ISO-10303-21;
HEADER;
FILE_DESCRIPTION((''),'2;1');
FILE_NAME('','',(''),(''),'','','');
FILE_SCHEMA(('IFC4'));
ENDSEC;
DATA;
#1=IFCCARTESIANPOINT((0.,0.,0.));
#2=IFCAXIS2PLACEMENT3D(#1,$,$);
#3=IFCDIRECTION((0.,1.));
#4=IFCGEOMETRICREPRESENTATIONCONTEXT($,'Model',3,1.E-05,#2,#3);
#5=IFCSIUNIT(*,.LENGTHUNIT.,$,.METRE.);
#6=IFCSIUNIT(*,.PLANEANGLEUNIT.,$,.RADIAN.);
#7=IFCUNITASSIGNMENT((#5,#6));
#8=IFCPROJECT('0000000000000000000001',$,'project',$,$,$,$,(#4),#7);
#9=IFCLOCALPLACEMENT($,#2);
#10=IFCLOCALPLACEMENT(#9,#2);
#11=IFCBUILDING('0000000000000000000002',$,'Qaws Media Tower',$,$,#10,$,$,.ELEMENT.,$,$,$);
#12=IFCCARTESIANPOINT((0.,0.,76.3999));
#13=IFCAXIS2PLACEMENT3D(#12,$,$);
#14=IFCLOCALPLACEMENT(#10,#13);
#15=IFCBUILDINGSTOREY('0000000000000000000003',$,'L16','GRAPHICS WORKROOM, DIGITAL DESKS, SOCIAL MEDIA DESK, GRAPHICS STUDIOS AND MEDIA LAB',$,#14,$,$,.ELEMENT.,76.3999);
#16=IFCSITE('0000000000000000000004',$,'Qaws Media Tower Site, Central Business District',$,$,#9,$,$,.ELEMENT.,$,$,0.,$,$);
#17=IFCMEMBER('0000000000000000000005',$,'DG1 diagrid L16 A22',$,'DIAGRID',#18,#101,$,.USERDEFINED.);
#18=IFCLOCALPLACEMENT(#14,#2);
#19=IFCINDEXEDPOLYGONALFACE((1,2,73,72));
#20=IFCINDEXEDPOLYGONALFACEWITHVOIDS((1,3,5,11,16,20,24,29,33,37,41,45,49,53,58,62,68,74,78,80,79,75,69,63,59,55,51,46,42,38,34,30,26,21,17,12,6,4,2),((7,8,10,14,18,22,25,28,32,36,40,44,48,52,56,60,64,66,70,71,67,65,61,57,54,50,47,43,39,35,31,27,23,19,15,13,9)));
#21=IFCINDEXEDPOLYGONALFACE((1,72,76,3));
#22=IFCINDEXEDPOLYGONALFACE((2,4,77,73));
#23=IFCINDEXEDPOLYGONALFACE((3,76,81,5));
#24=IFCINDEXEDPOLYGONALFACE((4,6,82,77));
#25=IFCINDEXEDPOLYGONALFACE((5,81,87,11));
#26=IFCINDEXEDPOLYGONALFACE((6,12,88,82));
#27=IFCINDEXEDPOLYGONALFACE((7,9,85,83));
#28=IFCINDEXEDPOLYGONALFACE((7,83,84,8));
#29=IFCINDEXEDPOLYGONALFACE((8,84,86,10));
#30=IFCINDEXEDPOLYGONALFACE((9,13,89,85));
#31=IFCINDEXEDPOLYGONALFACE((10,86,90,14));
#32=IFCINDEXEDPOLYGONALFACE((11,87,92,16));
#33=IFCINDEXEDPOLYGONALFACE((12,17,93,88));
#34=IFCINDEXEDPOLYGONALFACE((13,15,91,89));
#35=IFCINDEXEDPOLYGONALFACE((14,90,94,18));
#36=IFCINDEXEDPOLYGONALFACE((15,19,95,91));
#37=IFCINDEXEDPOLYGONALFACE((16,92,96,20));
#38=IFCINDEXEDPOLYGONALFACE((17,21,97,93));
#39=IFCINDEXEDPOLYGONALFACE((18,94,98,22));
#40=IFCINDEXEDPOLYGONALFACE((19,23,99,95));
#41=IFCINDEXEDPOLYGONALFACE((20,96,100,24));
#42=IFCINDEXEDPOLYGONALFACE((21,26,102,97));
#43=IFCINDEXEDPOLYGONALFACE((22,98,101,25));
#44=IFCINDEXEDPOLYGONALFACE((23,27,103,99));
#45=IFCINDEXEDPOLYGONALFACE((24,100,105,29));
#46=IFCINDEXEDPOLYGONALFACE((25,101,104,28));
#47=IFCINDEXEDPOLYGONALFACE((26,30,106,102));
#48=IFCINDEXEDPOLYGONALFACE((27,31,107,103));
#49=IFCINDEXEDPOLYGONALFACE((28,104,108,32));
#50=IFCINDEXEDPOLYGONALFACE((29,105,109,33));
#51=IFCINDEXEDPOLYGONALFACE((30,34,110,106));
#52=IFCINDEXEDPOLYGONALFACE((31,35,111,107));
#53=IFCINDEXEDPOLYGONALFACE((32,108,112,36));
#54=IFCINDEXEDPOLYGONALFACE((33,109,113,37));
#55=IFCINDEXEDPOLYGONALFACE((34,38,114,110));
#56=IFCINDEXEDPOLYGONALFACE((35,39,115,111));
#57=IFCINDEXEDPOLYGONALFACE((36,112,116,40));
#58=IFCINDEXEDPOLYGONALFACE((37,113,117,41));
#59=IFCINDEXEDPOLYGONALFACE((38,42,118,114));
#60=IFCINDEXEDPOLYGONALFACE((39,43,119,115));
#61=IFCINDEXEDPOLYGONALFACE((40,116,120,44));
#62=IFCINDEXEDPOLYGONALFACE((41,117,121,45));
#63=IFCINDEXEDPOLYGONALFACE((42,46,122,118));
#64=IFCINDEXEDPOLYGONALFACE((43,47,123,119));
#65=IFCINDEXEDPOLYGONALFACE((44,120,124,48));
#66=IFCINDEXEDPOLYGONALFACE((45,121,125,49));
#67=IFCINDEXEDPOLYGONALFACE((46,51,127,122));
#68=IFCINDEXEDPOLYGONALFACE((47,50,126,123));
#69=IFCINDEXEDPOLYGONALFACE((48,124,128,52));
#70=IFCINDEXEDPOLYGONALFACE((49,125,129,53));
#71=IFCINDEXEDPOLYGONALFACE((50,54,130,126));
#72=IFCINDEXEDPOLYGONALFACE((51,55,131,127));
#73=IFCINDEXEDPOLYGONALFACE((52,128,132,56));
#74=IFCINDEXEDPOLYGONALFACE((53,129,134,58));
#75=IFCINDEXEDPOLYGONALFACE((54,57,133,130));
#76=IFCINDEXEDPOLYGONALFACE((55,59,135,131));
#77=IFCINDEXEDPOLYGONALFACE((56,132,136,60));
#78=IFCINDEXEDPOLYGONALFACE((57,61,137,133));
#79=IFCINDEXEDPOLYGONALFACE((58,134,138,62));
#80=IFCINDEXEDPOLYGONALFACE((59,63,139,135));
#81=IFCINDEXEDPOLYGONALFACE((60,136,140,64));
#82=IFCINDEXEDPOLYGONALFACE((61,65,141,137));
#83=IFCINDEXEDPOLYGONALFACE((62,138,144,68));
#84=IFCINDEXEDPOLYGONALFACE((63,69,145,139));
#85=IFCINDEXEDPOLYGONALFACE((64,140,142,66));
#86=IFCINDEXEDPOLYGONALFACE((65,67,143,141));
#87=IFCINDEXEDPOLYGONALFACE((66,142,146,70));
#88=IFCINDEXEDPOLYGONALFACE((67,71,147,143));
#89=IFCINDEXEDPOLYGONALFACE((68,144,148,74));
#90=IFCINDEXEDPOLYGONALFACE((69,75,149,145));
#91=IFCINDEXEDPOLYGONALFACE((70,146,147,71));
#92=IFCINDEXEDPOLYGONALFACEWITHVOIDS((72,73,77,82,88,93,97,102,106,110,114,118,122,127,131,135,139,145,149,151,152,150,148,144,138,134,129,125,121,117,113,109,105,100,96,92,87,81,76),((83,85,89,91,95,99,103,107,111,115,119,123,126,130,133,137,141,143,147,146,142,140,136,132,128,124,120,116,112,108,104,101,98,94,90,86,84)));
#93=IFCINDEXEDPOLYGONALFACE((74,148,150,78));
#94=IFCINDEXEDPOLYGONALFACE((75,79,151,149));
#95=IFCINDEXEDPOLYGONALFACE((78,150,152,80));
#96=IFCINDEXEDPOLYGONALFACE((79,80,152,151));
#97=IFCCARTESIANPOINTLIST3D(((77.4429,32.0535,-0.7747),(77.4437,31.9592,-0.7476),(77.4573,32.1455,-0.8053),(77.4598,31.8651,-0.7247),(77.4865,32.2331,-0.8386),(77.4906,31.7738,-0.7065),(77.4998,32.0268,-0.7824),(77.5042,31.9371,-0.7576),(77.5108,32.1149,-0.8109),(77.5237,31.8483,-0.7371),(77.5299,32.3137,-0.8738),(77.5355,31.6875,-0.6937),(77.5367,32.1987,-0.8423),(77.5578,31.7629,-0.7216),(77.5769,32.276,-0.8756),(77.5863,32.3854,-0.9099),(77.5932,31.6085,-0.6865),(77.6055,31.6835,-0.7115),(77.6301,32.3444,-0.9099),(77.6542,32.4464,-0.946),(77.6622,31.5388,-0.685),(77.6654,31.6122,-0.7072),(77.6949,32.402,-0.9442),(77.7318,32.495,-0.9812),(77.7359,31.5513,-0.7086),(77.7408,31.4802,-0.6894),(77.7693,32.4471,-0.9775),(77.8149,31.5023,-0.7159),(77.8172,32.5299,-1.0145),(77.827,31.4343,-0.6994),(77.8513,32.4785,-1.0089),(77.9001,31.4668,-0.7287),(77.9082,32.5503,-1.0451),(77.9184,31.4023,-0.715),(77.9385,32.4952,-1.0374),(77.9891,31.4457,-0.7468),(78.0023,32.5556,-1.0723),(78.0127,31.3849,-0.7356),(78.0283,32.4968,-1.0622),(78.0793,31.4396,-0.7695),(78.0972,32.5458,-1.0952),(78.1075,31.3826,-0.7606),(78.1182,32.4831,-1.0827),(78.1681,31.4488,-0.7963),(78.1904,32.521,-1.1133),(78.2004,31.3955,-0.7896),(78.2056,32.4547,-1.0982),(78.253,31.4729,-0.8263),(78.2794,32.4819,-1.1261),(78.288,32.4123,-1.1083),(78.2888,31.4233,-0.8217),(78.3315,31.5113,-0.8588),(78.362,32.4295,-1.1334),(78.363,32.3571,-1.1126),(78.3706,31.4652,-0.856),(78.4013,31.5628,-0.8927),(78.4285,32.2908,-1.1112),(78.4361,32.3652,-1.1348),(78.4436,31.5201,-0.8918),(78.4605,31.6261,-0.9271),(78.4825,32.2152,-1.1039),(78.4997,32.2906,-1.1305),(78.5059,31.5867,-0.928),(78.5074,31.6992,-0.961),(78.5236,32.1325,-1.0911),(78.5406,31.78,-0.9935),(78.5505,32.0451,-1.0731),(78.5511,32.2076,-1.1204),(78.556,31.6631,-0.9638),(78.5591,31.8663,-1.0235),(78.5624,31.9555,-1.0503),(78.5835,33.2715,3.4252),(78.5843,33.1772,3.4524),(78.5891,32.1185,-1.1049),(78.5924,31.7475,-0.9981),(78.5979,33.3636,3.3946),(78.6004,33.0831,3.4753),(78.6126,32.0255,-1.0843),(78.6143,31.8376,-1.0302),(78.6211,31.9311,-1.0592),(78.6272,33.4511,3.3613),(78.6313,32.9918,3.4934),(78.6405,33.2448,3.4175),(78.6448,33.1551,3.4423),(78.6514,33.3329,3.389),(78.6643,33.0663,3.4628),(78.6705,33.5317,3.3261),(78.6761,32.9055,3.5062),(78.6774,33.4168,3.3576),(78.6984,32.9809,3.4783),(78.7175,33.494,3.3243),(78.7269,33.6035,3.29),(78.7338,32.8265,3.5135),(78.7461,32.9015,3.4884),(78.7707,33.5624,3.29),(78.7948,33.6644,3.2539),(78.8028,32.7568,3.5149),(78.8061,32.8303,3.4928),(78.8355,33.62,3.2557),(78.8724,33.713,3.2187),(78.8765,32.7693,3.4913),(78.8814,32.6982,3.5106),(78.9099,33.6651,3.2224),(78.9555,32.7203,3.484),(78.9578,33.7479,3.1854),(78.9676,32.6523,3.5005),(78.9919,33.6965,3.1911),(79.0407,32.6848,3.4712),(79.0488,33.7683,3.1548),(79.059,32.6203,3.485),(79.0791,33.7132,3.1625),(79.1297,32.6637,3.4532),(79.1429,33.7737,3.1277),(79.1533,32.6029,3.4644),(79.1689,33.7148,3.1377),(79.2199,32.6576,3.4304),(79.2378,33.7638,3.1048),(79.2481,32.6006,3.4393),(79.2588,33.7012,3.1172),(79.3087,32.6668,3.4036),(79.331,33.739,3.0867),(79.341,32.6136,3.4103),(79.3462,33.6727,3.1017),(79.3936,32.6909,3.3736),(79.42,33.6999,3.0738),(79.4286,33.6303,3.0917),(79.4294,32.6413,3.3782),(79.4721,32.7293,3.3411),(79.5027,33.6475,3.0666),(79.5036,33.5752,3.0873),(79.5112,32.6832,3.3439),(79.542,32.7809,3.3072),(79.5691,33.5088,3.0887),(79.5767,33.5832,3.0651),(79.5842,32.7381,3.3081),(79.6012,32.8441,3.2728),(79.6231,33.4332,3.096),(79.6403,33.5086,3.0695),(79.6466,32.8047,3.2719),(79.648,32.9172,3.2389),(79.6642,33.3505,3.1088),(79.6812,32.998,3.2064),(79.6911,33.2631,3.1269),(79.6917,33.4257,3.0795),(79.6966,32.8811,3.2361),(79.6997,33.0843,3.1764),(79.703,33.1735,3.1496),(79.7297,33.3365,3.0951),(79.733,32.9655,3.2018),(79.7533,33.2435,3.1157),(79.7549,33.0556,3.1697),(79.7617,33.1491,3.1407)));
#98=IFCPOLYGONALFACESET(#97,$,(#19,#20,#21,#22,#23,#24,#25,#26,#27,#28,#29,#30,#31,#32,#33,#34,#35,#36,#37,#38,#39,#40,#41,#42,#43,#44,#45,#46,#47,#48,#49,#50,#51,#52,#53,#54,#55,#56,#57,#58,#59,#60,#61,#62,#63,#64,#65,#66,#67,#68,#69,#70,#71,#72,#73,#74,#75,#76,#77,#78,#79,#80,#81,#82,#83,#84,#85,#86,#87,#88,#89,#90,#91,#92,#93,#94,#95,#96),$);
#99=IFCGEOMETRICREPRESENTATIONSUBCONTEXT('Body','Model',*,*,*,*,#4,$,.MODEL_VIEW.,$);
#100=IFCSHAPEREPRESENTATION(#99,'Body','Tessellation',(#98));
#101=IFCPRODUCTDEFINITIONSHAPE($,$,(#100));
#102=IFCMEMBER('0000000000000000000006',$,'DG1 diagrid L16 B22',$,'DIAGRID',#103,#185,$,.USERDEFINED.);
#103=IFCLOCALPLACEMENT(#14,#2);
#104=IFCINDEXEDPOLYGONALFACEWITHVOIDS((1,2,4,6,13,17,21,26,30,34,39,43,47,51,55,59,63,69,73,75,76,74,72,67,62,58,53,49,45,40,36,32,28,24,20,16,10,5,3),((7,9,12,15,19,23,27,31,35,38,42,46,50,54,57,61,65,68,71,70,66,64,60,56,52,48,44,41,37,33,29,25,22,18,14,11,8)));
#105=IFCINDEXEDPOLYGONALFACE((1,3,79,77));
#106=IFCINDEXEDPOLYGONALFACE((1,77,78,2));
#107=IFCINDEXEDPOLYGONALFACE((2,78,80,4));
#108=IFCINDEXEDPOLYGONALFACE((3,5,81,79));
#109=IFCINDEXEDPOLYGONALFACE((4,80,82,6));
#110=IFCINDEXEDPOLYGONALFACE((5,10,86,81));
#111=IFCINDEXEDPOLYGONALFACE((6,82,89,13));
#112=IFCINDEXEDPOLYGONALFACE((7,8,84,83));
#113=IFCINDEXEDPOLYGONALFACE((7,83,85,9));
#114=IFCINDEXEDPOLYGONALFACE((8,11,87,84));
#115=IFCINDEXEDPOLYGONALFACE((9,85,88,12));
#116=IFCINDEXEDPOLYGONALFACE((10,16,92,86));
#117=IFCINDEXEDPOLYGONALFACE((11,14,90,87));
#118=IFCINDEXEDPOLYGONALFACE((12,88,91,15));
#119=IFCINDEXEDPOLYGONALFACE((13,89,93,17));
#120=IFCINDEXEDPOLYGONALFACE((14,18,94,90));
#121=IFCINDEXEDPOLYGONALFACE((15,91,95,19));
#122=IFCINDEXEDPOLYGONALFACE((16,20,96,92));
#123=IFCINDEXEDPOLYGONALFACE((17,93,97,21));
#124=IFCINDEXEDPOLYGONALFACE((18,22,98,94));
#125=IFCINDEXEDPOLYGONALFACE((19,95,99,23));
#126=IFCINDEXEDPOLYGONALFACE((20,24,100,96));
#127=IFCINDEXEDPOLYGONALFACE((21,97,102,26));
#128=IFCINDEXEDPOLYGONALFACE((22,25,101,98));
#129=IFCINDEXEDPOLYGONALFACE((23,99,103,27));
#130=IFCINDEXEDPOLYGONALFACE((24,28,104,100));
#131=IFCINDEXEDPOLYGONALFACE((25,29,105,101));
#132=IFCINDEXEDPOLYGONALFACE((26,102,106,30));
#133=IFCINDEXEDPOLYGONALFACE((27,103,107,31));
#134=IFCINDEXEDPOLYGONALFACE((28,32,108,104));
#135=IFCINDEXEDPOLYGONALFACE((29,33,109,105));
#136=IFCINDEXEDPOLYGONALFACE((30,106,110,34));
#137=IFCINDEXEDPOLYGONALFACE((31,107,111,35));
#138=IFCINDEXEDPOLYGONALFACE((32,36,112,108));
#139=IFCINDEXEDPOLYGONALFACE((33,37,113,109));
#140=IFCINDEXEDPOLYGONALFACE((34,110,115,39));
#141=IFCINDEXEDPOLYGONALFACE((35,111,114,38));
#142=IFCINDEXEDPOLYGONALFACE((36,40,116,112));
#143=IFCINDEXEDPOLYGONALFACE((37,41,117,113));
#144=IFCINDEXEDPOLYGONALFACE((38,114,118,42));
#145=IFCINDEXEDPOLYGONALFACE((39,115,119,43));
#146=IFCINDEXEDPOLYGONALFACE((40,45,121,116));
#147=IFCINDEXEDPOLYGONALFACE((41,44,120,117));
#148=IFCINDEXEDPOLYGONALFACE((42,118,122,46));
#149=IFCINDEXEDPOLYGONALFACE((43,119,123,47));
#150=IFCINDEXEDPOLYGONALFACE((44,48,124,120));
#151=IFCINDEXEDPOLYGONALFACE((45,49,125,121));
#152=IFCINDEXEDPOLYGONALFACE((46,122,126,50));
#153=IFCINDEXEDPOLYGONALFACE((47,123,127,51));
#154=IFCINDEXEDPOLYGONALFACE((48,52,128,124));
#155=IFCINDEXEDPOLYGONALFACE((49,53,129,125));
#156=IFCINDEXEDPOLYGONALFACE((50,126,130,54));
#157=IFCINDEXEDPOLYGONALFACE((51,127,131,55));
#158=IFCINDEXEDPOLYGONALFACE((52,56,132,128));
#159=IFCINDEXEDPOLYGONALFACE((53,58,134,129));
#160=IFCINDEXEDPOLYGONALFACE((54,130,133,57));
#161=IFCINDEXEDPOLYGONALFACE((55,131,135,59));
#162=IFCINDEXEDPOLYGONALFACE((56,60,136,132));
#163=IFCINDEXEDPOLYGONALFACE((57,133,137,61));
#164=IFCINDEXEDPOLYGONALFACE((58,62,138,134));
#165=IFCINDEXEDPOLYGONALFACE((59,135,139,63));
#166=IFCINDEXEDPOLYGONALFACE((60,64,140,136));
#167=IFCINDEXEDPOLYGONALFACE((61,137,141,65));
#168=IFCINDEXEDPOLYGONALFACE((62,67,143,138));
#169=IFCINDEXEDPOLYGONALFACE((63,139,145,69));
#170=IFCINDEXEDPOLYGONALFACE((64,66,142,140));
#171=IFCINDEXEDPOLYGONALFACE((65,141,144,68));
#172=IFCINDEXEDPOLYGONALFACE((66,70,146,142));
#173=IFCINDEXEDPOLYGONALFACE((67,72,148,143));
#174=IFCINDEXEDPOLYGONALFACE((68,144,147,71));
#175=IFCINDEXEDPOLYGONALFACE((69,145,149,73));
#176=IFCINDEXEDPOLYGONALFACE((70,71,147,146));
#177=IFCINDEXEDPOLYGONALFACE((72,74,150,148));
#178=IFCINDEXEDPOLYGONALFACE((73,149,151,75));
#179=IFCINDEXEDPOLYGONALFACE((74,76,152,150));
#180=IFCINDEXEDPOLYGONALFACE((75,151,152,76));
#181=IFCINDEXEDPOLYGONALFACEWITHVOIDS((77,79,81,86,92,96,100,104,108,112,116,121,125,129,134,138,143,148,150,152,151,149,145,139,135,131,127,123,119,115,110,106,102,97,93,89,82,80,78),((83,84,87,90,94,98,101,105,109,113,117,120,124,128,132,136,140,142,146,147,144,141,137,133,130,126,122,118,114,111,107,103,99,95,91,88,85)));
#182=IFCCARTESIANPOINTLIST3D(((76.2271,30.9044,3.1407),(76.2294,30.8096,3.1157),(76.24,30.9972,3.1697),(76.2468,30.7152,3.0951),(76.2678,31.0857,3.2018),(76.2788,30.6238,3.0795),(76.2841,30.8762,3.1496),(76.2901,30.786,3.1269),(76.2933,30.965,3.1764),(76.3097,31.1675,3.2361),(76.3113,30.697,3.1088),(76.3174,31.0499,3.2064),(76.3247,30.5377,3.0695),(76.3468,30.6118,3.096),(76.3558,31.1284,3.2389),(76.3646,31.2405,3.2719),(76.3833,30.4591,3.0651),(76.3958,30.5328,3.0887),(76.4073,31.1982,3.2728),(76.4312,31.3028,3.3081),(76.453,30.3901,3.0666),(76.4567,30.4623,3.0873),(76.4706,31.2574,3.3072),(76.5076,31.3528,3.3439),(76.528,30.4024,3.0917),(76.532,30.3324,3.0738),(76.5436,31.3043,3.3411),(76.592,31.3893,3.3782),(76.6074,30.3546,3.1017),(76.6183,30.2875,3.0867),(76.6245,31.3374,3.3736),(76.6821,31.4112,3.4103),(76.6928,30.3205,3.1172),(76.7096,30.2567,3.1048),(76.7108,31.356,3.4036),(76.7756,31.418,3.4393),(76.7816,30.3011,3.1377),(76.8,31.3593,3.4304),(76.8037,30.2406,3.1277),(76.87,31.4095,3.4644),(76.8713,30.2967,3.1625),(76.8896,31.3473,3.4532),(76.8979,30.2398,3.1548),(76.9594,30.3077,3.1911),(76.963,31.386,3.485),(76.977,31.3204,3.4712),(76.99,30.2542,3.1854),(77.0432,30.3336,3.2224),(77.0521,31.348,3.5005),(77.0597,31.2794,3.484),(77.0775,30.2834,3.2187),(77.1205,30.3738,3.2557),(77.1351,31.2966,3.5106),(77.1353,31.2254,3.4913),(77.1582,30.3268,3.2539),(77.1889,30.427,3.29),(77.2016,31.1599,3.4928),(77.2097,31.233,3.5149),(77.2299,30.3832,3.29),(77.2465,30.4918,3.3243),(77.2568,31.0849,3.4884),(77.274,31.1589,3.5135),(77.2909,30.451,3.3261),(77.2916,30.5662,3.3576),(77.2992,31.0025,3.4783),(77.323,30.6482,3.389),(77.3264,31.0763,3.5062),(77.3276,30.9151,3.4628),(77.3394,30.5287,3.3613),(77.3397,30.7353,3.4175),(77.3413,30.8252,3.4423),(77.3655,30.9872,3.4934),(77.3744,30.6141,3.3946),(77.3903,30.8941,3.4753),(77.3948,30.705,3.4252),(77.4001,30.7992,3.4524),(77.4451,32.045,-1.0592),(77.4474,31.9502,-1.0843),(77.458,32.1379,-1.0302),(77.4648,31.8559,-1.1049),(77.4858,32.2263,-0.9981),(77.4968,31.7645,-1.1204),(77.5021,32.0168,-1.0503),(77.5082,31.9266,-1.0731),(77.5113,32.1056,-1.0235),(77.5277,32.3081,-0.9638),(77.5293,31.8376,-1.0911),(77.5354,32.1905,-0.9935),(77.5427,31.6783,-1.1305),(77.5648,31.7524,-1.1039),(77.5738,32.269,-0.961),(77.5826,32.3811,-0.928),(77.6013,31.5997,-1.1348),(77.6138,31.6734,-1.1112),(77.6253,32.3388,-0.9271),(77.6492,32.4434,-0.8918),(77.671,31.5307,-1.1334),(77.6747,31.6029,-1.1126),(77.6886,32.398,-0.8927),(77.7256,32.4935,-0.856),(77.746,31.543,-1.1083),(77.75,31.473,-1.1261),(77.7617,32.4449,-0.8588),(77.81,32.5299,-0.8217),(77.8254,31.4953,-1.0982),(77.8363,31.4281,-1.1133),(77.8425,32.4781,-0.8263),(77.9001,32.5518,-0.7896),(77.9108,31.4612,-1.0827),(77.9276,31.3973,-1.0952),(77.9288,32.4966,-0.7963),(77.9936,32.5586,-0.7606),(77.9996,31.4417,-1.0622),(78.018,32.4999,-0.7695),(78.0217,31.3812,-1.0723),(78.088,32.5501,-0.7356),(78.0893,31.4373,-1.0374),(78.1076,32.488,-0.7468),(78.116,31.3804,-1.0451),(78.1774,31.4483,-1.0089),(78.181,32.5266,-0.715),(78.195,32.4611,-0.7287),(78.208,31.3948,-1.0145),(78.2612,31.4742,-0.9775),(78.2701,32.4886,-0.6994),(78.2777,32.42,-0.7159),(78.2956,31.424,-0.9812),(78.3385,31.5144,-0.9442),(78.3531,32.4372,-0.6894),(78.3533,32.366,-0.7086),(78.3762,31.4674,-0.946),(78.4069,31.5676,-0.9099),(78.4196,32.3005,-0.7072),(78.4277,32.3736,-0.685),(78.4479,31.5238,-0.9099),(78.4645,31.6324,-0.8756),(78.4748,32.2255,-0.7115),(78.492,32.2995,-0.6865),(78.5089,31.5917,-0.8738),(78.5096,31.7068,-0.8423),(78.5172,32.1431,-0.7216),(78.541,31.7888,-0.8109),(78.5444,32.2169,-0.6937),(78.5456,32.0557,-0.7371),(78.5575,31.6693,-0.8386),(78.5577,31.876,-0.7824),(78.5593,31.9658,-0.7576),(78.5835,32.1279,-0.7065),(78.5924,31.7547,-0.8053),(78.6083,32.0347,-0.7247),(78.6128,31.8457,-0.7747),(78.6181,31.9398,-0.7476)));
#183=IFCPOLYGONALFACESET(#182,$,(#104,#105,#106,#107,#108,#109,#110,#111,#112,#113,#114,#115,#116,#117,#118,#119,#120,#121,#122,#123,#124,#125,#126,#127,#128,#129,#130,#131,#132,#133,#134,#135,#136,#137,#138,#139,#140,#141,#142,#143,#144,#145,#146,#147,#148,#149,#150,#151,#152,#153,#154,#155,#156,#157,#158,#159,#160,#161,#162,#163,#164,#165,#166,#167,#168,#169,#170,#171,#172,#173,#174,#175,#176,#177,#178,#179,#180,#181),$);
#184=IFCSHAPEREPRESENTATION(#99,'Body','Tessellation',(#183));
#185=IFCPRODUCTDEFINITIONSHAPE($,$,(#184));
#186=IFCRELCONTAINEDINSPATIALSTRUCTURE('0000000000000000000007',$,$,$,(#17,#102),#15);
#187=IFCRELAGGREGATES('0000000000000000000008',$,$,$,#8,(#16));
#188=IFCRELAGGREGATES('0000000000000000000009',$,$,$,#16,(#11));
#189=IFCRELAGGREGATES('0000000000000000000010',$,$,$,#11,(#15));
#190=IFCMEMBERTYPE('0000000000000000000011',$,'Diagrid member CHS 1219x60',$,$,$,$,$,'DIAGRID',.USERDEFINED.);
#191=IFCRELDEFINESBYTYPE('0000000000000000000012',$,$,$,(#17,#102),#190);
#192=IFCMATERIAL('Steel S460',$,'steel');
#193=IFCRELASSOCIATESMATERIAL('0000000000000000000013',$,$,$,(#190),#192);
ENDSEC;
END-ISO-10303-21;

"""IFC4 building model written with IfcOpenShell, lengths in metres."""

from ifc_helpers import new_model, si_unit, direction, frame, origin, origin_2d, place, context, subcontext, project, spatial, hollow_circle, extrude, material, material_profile, profile_set, type_object, element, save


model = new_model("IFC4")

# Units and contexts
model_context = context("Model", 3, precision=1e-05, world=origin(), true_north=direction((0.0, 1.0)))
body_context = subcontext(model_context, "Body", "Model", "MODEL_VIEW")
ifc_project = project(units=[si_unit("LENGTHUNIT", "METRE"), si_unit("PLANEANGLEUNIT", "RADIAN")], contexts=[model_context])

# Site, building, storey
site_placement = place(None, origin())
site = spatial("IfcSite", under=ifc_project, at=site_placement, Name="Qaws Media Tower Site, Central Business District", CompositionType="ELEMENT", RefElevation=0.0)
building_placement = place(site_placement, origin())
building = spatial("IfcBuilding", under=site, at=building_placement, Name="Qaws Media Tower", CompositionType="ELEMENT")
storey_placement = place(building_placement, frame((0.0, 0.0, 76.3999)))
storey = spatial("IfcBuildingStorey", under=building, at=storey_placement, Name="L16", Description="GRAPHICS WORKROOM, DIGITAL DESKS, SOCIAL MEDIA DESK, GRAPHICS STUDIOS AND MEDIA LAB", CompositionType="ELEMENT", Elevation=76.3999)

# Members
ifc_material_1 = material(Name="Steel S460", Category="steel")
ifc_material_profile_1 = material_profile(ifc_material_1, hollow_circle(Radius=0.6096, WallThickness=0.0601, at=origin_2d()), Name="CHS 1219x60")
ifc_profile_set_1 = profile_set([ifc_material_profile_1], Name="Steel S460")
member_type_1 = type_object("IfcMemberType", Name="Diagrid member CHS 1219x60", ElementType="DIAGRID", PredefinedType="USERDEFINED", material=ifc_profile_set_1)
for number, where, z_axis, x_axis, name in (
    (1, (78.0312, 31.9688, -0.9099), (0.252389, 0.269514, 0.929334), (-0.729916, 0.683537, 0.0), "DG1 diagrid L16 A22"),
    (2, (78.0312, 31.9688, -0.9099), (-0.269514, -0.252389, 0.929334), (0.683537, -0.729916, 0.0), "DG1 diagrid L16 B22"),
):
    element("IfcMember", number, at=place(storey_placement, frame(where, z_axis=z_axis, x_axis=x_axis)), inside=storey, type_object=member_type_1, Name=name, ObjectType="DIAGRID", PredefinedType="USERDEFINED", context=body_context, shape_type="SweptSolid", body=[
        extrude(hollow_circle(Radius=0.6096, WallThickness=0.0601, at=origin_2d()), origin(), (0.0, 0.0, 1.0), 4.5193),
    ])

save(model, "model.ifc")
